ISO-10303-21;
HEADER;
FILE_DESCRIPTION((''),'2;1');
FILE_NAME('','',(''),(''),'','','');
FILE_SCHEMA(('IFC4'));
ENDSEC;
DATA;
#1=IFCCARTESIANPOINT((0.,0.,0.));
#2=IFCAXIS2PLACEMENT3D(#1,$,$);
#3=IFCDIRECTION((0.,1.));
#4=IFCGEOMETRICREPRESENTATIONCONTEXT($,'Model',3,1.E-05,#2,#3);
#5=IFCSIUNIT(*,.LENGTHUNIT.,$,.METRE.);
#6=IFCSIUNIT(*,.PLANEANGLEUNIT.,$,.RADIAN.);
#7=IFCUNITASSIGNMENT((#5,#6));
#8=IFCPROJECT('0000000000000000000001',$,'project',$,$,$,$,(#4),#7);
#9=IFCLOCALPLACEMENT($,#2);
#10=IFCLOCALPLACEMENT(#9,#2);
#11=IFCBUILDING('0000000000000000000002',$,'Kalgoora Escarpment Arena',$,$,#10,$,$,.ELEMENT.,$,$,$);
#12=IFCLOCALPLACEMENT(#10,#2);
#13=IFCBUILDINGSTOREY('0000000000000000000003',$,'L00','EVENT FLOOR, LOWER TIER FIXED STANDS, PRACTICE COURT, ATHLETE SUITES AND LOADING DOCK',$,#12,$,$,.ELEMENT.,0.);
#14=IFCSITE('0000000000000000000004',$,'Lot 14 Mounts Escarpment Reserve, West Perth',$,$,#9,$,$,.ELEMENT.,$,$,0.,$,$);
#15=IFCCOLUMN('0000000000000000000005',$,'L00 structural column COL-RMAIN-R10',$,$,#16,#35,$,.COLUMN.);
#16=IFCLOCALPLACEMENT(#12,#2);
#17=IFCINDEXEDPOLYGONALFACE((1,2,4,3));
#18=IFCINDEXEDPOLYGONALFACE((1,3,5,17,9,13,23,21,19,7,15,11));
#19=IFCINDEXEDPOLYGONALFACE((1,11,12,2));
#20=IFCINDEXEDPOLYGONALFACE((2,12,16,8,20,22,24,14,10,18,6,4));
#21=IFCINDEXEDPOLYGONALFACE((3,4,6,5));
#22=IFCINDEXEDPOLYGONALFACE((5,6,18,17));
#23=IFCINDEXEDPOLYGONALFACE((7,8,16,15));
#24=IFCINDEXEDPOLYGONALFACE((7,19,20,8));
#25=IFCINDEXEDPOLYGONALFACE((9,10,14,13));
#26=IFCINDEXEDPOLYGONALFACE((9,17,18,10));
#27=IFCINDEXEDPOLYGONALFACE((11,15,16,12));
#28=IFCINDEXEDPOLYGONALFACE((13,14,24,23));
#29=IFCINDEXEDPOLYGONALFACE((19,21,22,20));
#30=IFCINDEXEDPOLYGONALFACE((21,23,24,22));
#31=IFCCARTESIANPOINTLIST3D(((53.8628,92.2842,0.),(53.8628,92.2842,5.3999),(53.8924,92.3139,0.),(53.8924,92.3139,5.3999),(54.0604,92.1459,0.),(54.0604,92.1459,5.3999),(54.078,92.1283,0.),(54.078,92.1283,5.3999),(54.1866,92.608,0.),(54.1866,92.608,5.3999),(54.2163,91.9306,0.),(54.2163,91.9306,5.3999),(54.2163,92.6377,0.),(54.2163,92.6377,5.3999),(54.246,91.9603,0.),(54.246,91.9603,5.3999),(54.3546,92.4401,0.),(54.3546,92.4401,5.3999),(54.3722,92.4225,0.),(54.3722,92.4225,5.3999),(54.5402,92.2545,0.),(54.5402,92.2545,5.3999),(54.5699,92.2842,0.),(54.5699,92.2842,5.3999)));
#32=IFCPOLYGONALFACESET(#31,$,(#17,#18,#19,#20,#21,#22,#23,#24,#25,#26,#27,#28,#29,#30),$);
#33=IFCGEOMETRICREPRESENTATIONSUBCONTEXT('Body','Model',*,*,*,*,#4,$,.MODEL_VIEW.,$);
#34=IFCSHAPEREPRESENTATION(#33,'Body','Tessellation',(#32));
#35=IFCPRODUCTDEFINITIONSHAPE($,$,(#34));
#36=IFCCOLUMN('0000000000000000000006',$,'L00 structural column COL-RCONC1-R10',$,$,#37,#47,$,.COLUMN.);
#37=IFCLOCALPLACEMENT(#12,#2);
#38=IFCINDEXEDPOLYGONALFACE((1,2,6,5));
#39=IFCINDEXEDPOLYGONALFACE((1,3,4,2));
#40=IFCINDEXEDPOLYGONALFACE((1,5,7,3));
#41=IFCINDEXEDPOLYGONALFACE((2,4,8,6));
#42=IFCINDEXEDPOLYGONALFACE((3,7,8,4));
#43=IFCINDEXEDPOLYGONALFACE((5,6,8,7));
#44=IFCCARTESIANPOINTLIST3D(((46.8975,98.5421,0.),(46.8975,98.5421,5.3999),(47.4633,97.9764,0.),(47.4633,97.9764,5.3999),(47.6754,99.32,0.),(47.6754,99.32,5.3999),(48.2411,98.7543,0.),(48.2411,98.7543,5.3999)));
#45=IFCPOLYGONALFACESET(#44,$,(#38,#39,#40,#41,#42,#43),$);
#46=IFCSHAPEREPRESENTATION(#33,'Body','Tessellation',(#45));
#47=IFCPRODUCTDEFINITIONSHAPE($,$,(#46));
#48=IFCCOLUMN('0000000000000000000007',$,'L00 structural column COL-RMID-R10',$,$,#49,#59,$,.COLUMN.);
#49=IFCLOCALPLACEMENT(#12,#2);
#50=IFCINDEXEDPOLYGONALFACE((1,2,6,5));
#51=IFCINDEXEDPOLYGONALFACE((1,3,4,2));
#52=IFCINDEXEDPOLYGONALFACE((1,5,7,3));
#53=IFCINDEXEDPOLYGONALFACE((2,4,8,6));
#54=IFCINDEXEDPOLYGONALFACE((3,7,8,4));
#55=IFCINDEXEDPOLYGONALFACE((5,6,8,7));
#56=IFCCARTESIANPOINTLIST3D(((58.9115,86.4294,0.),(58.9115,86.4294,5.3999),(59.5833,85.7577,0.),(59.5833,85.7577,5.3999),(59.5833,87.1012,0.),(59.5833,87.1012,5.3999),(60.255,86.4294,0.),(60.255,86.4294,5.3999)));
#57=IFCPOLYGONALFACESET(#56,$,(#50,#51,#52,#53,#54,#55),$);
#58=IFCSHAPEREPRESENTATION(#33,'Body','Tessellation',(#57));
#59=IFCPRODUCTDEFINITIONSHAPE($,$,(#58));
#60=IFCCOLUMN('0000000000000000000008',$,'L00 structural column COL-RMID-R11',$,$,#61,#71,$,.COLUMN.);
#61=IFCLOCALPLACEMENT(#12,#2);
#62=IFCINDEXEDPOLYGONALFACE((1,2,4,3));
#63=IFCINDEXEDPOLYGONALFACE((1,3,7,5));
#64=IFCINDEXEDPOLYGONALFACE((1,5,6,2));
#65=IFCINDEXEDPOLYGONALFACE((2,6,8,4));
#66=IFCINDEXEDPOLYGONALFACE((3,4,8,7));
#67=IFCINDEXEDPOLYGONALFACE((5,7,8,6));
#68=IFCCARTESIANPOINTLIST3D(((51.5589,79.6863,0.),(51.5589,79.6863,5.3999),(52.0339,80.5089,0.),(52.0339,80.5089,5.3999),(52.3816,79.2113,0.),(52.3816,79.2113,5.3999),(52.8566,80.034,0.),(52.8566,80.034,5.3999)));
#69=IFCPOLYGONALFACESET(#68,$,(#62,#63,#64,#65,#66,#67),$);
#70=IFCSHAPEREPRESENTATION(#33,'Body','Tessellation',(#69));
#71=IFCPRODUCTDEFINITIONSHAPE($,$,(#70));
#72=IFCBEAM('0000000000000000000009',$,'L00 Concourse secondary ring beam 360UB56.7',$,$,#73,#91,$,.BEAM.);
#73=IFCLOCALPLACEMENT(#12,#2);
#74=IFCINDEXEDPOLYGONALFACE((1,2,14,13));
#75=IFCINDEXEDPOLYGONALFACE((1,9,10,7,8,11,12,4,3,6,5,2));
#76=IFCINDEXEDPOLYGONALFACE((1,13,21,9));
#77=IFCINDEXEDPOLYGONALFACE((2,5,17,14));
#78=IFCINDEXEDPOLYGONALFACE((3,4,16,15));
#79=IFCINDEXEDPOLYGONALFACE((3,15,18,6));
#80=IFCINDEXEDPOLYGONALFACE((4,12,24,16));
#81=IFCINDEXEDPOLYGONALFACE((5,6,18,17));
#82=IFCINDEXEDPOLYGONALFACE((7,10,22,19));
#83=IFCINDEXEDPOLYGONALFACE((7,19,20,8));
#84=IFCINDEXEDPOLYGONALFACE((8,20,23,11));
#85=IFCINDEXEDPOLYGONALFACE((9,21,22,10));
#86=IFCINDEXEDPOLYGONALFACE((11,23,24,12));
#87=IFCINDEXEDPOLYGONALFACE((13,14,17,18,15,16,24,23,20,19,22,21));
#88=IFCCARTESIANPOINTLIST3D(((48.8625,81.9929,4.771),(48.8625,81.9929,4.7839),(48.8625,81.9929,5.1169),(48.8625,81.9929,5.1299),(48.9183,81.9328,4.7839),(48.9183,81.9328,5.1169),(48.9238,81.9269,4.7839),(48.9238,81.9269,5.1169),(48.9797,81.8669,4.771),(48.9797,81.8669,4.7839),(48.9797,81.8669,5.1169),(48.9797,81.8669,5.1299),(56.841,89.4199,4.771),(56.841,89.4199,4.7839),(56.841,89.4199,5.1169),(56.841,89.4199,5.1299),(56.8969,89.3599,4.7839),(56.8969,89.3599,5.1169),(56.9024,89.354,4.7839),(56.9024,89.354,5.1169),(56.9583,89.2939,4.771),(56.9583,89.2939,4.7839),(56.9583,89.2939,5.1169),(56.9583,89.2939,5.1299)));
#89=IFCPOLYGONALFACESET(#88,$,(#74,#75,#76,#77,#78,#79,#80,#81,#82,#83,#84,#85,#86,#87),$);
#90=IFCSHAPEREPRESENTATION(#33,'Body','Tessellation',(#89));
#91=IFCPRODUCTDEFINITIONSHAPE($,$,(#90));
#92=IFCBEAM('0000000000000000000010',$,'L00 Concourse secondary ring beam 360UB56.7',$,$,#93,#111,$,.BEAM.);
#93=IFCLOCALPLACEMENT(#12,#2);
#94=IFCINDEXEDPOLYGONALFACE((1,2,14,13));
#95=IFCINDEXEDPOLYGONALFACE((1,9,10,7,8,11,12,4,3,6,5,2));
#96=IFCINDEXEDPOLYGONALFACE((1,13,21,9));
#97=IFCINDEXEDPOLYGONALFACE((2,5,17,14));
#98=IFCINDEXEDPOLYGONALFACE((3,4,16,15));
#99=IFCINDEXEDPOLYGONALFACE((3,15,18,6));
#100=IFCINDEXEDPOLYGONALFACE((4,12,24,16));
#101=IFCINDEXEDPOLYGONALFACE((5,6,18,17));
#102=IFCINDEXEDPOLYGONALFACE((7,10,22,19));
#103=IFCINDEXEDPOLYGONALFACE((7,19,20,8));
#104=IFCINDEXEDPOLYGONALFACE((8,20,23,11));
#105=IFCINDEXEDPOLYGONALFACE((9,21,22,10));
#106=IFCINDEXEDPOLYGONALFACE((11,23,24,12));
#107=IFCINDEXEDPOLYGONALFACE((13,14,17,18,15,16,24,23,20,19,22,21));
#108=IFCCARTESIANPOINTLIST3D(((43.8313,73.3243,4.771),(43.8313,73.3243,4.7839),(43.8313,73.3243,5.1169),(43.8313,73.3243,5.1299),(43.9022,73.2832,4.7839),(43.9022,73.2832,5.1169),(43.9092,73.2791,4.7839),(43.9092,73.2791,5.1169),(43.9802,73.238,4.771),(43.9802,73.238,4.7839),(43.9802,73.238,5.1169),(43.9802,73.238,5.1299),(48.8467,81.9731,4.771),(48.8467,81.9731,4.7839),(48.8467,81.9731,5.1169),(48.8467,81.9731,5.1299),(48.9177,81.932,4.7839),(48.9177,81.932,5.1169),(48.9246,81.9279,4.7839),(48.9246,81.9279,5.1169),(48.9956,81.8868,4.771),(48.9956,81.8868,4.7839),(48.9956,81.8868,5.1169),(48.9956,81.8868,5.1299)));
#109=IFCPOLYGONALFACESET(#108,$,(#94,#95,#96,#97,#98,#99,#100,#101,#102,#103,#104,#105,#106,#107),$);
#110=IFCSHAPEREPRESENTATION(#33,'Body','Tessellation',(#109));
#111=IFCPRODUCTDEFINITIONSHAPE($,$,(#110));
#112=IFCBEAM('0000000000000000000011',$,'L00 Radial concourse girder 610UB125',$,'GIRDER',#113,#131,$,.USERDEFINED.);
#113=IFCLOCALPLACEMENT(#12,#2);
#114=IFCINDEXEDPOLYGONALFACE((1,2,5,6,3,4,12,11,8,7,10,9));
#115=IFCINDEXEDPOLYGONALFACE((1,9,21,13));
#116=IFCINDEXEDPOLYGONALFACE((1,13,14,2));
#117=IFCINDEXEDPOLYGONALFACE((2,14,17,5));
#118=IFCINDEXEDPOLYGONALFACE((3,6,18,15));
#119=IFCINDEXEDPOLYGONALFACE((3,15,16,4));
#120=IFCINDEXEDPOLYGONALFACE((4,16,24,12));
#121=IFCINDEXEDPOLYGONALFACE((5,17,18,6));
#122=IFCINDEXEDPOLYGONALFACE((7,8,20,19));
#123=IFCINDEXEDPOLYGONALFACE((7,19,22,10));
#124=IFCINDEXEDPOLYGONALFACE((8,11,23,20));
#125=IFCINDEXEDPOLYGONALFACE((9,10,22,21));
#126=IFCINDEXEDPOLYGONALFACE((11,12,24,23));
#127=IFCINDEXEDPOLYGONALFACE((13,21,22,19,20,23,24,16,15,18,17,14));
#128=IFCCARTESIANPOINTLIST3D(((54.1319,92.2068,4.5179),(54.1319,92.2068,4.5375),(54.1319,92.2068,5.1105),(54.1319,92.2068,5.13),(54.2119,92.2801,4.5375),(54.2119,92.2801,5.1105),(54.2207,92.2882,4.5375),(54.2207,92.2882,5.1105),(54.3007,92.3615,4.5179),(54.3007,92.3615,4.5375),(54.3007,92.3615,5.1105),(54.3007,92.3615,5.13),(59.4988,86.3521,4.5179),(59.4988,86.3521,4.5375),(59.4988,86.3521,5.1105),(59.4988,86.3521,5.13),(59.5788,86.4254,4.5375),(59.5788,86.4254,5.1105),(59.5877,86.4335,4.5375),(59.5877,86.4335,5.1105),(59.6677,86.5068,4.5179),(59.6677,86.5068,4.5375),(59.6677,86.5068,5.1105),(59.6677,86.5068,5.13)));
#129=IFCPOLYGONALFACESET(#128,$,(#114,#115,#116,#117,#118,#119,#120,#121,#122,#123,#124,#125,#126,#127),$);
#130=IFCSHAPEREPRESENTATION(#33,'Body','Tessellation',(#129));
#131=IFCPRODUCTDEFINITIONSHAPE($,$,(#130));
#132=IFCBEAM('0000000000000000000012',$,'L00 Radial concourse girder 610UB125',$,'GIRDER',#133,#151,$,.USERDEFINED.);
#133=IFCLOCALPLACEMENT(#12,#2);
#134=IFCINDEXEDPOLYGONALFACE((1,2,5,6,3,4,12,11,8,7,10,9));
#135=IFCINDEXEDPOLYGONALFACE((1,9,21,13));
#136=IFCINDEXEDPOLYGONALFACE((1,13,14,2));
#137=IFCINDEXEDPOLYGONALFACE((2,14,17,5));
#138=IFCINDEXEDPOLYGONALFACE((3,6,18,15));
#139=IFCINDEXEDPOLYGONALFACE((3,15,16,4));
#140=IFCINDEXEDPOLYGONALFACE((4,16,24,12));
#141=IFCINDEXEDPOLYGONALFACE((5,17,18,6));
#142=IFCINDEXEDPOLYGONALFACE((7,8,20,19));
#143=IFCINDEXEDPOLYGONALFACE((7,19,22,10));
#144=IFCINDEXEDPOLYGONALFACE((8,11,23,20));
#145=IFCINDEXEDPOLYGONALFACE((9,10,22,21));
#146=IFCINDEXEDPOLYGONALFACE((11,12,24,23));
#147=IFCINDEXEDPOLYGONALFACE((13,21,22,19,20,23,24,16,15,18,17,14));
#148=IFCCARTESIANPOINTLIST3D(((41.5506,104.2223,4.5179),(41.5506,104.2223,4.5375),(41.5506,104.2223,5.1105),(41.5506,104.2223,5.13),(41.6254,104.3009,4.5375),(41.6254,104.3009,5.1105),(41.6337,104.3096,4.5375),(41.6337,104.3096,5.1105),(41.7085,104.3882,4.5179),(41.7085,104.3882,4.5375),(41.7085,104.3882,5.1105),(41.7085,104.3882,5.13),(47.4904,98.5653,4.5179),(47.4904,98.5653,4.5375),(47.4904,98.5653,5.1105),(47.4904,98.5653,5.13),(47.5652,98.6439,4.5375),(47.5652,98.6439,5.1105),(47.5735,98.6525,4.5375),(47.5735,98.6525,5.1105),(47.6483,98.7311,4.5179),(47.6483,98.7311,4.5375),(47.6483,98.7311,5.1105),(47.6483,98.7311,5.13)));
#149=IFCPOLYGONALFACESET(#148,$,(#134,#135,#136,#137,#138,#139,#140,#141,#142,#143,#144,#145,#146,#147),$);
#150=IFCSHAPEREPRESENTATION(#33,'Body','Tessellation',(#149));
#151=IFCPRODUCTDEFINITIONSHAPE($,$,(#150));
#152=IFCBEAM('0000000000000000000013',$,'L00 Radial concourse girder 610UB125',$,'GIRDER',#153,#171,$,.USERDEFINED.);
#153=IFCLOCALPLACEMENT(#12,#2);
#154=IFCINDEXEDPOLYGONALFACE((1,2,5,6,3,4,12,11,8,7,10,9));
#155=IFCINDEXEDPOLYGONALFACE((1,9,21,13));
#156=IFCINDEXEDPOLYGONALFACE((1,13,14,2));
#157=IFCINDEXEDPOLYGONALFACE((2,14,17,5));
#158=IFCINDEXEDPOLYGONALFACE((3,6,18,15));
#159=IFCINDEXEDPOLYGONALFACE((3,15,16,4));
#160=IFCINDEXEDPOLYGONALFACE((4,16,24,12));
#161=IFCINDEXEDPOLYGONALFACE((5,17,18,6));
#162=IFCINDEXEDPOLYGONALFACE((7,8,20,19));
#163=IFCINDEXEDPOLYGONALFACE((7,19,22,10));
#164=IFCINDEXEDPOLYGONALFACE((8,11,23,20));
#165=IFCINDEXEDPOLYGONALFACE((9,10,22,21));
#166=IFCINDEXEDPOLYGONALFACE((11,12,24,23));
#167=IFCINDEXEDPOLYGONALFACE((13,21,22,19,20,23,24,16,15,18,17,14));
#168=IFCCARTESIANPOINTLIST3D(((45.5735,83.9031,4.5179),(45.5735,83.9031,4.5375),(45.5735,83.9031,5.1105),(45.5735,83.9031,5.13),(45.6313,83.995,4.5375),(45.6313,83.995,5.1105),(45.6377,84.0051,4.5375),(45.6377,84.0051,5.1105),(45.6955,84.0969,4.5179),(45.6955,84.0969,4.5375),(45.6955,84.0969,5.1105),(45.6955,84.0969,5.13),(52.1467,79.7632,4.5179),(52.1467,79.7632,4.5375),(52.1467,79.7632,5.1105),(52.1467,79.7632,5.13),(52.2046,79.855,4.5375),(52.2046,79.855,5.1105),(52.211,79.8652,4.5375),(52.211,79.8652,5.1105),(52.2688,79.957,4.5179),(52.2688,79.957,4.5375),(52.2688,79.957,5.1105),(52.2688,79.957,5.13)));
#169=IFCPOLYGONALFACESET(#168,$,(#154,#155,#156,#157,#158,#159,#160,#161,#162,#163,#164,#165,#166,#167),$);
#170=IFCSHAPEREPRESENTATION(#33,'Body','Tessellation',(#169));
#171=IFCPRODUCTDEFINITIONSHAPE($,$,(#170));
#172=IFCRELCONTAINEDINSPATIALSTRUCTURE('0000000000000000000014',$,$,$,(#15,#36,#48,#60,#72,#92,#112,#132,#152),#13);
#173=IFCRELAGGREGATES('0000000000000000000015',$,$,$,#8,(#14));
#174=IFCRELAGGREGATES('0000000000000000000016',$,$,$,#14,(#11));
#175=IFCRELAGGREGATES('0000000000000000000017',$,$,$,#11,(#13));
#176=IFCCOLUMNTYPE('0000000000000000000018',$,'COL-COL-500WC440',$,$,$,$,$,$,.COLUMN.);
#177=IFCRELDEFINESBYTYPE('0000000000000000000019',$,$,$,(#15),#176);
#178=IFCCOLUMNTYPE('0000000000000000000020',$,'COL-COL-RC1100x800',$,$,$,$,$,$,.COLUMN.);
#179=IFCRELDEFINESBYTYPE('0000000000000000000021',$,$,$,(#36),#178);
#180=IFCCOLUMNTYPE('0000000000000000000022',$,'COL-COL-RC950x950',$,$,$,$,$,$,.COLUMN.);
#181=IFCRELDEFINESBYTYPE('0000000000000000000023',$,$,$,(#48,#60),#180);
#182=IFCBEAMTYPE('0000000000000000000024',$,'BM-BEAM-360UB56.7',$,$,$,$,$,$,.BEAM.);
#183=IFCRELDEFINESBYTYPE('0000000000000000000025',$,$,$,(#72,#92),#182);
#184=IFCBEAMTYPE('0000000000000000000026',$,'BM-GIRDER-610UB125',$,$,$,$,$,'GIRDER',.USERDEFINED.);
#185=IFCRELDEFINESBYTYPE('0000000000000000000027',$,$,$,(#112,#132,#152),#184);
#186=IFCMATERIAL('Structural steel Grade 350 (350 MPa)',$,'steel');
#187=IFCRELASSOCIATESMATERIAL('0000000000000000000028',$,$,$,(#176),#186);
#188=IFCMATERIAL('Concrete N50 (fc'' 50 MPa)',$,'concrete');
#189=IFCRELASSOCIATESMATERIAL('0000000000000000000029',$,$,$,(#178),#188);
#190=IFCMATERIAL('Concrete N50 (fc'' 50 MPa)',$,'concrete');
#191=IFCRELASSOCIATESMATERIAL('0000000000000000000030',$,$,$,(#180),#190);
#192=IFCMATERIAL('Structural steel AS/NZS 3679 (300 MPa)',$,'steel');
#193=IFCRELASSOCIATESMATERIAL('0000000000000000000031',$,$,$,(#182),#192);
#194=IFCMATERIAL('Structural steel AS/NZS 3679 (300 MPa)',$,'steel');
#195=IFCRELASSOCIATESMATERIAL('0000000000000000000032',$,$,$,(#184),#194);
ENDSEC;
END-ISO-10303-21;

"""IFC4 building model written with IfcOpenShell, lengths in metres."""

from ifc_helpers import new_model, si_unit, direction, frame, origin, origin_2d, place, context, subcontext, project, spatial, rectangle, i_section, extrude, material, material_profile, profile_set, type_object, element, save


model = new_model("IFC4")

# Units and contexts
model_context = context("Model", 3, precision=1e-05, world=origin(), true_north=direction((0.0, 1.0)))
body_context = subcontext(model_context, "Body", "Model", "MODEL_VIEW")
ifc_project = project(units=[si_unit("LENGTHUNIT", "METRE"), si_unit("PLANEANGLEUNIT", "RADIAN")], contexts=[model_context])

# Site, building, storey
site_placement = place(None, origin())
site = spatial("IfcSite", under=ifc_project, at=site_placement, Name="Lot 14 Mounts Escarpment Reserve, West Perth", CompositionType="ELEMENT", RefElevation=0.0)
building_placement = place(site_placement, origin())
building = spatial("IfcBuilding", under=site, at=building_placement, Name="Kalgoora Escarpment Arena", CompositionType="ELEMENT")
storey_placement = place(building_placement, origin())
storey = spatial("IfcBuildingStorey", under=building, at=storey_placement, Name="L00", Description="EVENT FLOOR, LOWER TIER FIXED STANDS, PRACTICE COURT, ATHLETE SUITES AND LOADING DOCK", CompositionType="ELEMENT", Elevation=0.0)

# Columns
ifc_material_1 = material(Name="Structural steel Grade 350 (350 MPa)", Category="steel")
ifc_material_profile_1 = material_profile(ifc_material_1, i_section(OverallWidth=0.5, OverallDepth=0.5, WebThickness=0.0249, FlangeThickness=0.042, at=origin_2d()))
ifc_profile_set_1 = profile_set([ifc_material_profile_1], Name="Structural steel Grade 350 (350 MPa)")
column_type_1 = type_object("IfcColumnType", Name="COL-COL-500WC440", PredefinedType="COLUMN", material=ifc_profile_set_1)
column_1_placement = place(storey_placement, frame((54.2163, 92.2842, 0.0), z_axis=(0.0, 0.0, 1.0), x_axis=(-0.707107, 0.707107, 0.0)))
element("IfcColumn", 1, at=column_1_placement, inside=storey, type_object=column_type_1, Name="L00 structural column COL-RMAIN-R10", PredefinedType="COLUMN", context=body_context, shape_type="SweptSolid", body=[
    extrude(i_section(OverallWidth=0.5, OverallDepth=0.5, WebThickness=0.0249, FlangeThickness=0.042, at=origin_2d()), origin(), (0.0, 0.0, 1.0), 5.3999),
])
ifc_material_2 = material(Name="Concrete N50 (fc' 50 MPa)", Category="concrete")
ifc_material_profile_2 = material_profile(ifc_material_2, rectangle(XDim=0.8, YDim=1.1001, at=origin_2d()))
ifc_profile_set_2 = profile_set([ifc_material_profile_2], Name="Concrete N50 (fc' 50 MPa)")
column_type_2 = type_object("IfcColumnType", Name="COL-COL-RC1100x800", PredefinedType="COLUMN", material=ifc_profile_set_2)
column_2_placement = place(storey_placement, frame((47.5693, 98.6482, 0.0), z_axis=(0.0, 0.0, 1.0), x_axis=(-0.707107, 0.707107, 0.0)))
element("IfcColumn", 2, at=column_2_placement, inside=storey, type_object=column_type_2, Name="L00 structural column COL-RCONC1-R10", PredefinedType="COLUMN", context=body_context, shape_type="SweptSolid", body=[
    extrude(rectangle(XDim=0.8, YDim=1.1001, at=origin_2d()), origin(), (0.0, 0.0, 1.0), 5.3999),
])
ifc_material_3 = material(Name="Concrete N50 (fc' 50 MPa)", Category="concrete")
ifc_material_profile_3 = material_profile(ifc_material_3, rectangle(XDim=0.95, YDim=0.95, at=origin_2d()))
ifc_profile_set_3 = profile_set([ifc_material_profile_3], Name="Concrete N50 (fc' 50 MPa)")
column_type_3 = type_object("IfcColumnType", Name="COL-COL-RC950x950", PredefinedType="COLUMN", material=ifc_profile_set_3)
for number, where, z_axis, x_axis, name in (
    (3, (59.5833, 86.4294, 0.0), (0.0, 0.0, 1.0), (-0.707107, 0.707107, 0.0), "L00 structural column COL-RMID-R10"),
    (4, (52.2078, 79.8601, 0.0), (0.0, 0.0, 1.0), (-0.866025, 0.5, 0.0), "L00 structural column COL-RMID-R11"),
):
    element("IfcColumn", number, at=place(storey_placement, frame(where, z_axis=z_axis, x_axis=x_axis)), inside=storey, type_object=column_type_3, Name=name, PredefinedType="COLUMN", context=body_context, shape_type="SweptSolid", body=[
        extrude(rectangle(XDim=0.95, YDim=0.95, at=origin_2d()), origin(), (0.0, 0.0, 1.0), 5.3999),
    ])

# Beams
ifc_material_4 = material(Name="Structural steel AS/NZS 3679 (300 MPa)", Category="steel")
ifc_material_profile_4 = material_profile(ifc_material_4, i_section(OverallWidth=0.1721, OverallDepth=0.3589, WebThickness=0.0081, FlangeThickness=0.0129, at=origin_2d()))
ifc_profile_set_4 = profile_set([ifc_material_profile_4], Name="Structural steel AS/NZS 3679 (300 MPa)")
beam_type_1 = type_object("IfcBeamType", Name="BM-BEAM-360UB56.7", PredefinedType="BEAM", material=ifc_profile_set_4)
beam_1_placement = place(storey_placement, frame((56.8997, 89.3569, 4.9504), z_axis=(-0.731952, -0.681356, 0.0), x_axis=(0.681356, -0.731952, 0.0)))
element("IfcBeam", 5, at=beam_1_placement, inside=storey, type_object=beam_type_1, Name="L00 Concourse secondary ring beam 360UB56.7", PredefinedType="BEAM", context=body_context, shape_type="SweptSolid", body=[
    extrude(i_section(OverallWidth=0.1721, OverallDepth=0.3589, WebThickness=0.0081, FlangeThickness=0.0129, at=origin_2d()), origin(), (0.0, 0.0, 1.0), 10.9004),
])
beam_2_placement = place(storey_placement, frame((48.9211, 81.9299, 4.9504), z_axis=(-0.501654, -0.865068, 0.0), x_axis=(0.865068, -0.501654, 0.0)))
element("IfcBeam", 6, at=beam_2_placement, inside=storey, type_object=beam_type_1, Name="L00 Concourse secondary ring beam 360UB56.7", PredefinedType="BEAM", context=body_context, shape_type="SweptSolid", body=[
    extrude(i_section(OverallWidth=0.1721, OverallDepth=0.3589, WebThickness=0.0081, FlangeThickness=0.0129, at=origin_2d()), origin(), (0.0, 0.0, 1.0), 9.9978),
])
ifc_material_5 = material(Name="Structural steel AS/NZS 3679 (300 MPa)", Category="steel")
ifc_material_profile_5 = material_profile(ifc_material_5, i_section(OverallWidth=0.229, OverallDepth=0.6121, WebThickness=0.012, FlangeThickness=0.0195, at=origin_2d()))
ifc_profile_set_5 = profile_set([ifc_material_profile_5], Name="Structural steel AS/NZS 3679 (300 MPa)")
beam_type_2 = type_object("IfcBeamType", Name="BM-GIRDER-610UB125", ElementType="GIRDER", PredefinedType="USERDEFINED", material=ifc_profile_set_5)
beam_3_placement = place(storey_placement, frame((59.5833, 86.4294, 4.824), z_axis=(-0.675732, 0.737148, 0.0), x_axis=(-0.737148, -0.675732, 0.0)))
element("IfcBeam", 7, at=beam_3_placement, inside=storey, type_object=beam_type_2, Name="L00 Radial concourse girder 610UB125", ObjectType="GIRDER", PredefinedType="USERDEFINED", context=body_context, shape_type="SweptSolid", body=[
    extrude(i_section(OverallWidth=0.229, OverallDepth=0.6121, WebThickness=0.012, FlangeThickness=0.0195, at=origin_2d()), origin(), (0.0, 0.0, 1.0), 7.9424),
])
beam_4_placement = place(storey_placement, frame((47.5693, 98.6482, 4.824), z_axis=(-0.72413, 0.689663, 0.0), x_axis=(-0.689663, -0.72413, 0.0)))
element("IfcBeam", 8, at=beam_4_placement, inside=storey, type_object=beam_type_2, Name="L00 Radial concourse girder 610UB125", ObjectType="GIRDER", PredefinedType="USERDEFINED", context=body_context, shape_type="SweptSolid", body=[
    extrude(i_section(OverallWidth=0.229, OverallDepth=0.6121, WebThickness=0.012, FlangeThickness=0.0195, at=origin_2d()), origin(), (0.0, 0.0, 1.0), 8.2026),
])
beam_5_placement = place(storey_placement, frame((52.2078, 79.8601, 4.824), z_axis=(-0.846164, 0.532922, 0.0), x_axis=(-0.532922, -0.846164, 0.0)))
element("IfcBeam", 9, at=beam_5_placement, inside=storey, type_object=beam_type_2, Name="L00 Radial concourse girder 610UB125", ObjectType="GIRDER", PredefinedType="USERDEFINED", context=body_context, shape_type="SweptSolid", body=[
    extrude(i_section(OverallWidth=0.229, OverallDepth=0.6121, WebThickness=0.012, FlangeThickness=0.0195, at=origin_2d()), origin(), (0.0, 0.0, 1.0), 7.7683),
])

save(model, "model.ifc")
